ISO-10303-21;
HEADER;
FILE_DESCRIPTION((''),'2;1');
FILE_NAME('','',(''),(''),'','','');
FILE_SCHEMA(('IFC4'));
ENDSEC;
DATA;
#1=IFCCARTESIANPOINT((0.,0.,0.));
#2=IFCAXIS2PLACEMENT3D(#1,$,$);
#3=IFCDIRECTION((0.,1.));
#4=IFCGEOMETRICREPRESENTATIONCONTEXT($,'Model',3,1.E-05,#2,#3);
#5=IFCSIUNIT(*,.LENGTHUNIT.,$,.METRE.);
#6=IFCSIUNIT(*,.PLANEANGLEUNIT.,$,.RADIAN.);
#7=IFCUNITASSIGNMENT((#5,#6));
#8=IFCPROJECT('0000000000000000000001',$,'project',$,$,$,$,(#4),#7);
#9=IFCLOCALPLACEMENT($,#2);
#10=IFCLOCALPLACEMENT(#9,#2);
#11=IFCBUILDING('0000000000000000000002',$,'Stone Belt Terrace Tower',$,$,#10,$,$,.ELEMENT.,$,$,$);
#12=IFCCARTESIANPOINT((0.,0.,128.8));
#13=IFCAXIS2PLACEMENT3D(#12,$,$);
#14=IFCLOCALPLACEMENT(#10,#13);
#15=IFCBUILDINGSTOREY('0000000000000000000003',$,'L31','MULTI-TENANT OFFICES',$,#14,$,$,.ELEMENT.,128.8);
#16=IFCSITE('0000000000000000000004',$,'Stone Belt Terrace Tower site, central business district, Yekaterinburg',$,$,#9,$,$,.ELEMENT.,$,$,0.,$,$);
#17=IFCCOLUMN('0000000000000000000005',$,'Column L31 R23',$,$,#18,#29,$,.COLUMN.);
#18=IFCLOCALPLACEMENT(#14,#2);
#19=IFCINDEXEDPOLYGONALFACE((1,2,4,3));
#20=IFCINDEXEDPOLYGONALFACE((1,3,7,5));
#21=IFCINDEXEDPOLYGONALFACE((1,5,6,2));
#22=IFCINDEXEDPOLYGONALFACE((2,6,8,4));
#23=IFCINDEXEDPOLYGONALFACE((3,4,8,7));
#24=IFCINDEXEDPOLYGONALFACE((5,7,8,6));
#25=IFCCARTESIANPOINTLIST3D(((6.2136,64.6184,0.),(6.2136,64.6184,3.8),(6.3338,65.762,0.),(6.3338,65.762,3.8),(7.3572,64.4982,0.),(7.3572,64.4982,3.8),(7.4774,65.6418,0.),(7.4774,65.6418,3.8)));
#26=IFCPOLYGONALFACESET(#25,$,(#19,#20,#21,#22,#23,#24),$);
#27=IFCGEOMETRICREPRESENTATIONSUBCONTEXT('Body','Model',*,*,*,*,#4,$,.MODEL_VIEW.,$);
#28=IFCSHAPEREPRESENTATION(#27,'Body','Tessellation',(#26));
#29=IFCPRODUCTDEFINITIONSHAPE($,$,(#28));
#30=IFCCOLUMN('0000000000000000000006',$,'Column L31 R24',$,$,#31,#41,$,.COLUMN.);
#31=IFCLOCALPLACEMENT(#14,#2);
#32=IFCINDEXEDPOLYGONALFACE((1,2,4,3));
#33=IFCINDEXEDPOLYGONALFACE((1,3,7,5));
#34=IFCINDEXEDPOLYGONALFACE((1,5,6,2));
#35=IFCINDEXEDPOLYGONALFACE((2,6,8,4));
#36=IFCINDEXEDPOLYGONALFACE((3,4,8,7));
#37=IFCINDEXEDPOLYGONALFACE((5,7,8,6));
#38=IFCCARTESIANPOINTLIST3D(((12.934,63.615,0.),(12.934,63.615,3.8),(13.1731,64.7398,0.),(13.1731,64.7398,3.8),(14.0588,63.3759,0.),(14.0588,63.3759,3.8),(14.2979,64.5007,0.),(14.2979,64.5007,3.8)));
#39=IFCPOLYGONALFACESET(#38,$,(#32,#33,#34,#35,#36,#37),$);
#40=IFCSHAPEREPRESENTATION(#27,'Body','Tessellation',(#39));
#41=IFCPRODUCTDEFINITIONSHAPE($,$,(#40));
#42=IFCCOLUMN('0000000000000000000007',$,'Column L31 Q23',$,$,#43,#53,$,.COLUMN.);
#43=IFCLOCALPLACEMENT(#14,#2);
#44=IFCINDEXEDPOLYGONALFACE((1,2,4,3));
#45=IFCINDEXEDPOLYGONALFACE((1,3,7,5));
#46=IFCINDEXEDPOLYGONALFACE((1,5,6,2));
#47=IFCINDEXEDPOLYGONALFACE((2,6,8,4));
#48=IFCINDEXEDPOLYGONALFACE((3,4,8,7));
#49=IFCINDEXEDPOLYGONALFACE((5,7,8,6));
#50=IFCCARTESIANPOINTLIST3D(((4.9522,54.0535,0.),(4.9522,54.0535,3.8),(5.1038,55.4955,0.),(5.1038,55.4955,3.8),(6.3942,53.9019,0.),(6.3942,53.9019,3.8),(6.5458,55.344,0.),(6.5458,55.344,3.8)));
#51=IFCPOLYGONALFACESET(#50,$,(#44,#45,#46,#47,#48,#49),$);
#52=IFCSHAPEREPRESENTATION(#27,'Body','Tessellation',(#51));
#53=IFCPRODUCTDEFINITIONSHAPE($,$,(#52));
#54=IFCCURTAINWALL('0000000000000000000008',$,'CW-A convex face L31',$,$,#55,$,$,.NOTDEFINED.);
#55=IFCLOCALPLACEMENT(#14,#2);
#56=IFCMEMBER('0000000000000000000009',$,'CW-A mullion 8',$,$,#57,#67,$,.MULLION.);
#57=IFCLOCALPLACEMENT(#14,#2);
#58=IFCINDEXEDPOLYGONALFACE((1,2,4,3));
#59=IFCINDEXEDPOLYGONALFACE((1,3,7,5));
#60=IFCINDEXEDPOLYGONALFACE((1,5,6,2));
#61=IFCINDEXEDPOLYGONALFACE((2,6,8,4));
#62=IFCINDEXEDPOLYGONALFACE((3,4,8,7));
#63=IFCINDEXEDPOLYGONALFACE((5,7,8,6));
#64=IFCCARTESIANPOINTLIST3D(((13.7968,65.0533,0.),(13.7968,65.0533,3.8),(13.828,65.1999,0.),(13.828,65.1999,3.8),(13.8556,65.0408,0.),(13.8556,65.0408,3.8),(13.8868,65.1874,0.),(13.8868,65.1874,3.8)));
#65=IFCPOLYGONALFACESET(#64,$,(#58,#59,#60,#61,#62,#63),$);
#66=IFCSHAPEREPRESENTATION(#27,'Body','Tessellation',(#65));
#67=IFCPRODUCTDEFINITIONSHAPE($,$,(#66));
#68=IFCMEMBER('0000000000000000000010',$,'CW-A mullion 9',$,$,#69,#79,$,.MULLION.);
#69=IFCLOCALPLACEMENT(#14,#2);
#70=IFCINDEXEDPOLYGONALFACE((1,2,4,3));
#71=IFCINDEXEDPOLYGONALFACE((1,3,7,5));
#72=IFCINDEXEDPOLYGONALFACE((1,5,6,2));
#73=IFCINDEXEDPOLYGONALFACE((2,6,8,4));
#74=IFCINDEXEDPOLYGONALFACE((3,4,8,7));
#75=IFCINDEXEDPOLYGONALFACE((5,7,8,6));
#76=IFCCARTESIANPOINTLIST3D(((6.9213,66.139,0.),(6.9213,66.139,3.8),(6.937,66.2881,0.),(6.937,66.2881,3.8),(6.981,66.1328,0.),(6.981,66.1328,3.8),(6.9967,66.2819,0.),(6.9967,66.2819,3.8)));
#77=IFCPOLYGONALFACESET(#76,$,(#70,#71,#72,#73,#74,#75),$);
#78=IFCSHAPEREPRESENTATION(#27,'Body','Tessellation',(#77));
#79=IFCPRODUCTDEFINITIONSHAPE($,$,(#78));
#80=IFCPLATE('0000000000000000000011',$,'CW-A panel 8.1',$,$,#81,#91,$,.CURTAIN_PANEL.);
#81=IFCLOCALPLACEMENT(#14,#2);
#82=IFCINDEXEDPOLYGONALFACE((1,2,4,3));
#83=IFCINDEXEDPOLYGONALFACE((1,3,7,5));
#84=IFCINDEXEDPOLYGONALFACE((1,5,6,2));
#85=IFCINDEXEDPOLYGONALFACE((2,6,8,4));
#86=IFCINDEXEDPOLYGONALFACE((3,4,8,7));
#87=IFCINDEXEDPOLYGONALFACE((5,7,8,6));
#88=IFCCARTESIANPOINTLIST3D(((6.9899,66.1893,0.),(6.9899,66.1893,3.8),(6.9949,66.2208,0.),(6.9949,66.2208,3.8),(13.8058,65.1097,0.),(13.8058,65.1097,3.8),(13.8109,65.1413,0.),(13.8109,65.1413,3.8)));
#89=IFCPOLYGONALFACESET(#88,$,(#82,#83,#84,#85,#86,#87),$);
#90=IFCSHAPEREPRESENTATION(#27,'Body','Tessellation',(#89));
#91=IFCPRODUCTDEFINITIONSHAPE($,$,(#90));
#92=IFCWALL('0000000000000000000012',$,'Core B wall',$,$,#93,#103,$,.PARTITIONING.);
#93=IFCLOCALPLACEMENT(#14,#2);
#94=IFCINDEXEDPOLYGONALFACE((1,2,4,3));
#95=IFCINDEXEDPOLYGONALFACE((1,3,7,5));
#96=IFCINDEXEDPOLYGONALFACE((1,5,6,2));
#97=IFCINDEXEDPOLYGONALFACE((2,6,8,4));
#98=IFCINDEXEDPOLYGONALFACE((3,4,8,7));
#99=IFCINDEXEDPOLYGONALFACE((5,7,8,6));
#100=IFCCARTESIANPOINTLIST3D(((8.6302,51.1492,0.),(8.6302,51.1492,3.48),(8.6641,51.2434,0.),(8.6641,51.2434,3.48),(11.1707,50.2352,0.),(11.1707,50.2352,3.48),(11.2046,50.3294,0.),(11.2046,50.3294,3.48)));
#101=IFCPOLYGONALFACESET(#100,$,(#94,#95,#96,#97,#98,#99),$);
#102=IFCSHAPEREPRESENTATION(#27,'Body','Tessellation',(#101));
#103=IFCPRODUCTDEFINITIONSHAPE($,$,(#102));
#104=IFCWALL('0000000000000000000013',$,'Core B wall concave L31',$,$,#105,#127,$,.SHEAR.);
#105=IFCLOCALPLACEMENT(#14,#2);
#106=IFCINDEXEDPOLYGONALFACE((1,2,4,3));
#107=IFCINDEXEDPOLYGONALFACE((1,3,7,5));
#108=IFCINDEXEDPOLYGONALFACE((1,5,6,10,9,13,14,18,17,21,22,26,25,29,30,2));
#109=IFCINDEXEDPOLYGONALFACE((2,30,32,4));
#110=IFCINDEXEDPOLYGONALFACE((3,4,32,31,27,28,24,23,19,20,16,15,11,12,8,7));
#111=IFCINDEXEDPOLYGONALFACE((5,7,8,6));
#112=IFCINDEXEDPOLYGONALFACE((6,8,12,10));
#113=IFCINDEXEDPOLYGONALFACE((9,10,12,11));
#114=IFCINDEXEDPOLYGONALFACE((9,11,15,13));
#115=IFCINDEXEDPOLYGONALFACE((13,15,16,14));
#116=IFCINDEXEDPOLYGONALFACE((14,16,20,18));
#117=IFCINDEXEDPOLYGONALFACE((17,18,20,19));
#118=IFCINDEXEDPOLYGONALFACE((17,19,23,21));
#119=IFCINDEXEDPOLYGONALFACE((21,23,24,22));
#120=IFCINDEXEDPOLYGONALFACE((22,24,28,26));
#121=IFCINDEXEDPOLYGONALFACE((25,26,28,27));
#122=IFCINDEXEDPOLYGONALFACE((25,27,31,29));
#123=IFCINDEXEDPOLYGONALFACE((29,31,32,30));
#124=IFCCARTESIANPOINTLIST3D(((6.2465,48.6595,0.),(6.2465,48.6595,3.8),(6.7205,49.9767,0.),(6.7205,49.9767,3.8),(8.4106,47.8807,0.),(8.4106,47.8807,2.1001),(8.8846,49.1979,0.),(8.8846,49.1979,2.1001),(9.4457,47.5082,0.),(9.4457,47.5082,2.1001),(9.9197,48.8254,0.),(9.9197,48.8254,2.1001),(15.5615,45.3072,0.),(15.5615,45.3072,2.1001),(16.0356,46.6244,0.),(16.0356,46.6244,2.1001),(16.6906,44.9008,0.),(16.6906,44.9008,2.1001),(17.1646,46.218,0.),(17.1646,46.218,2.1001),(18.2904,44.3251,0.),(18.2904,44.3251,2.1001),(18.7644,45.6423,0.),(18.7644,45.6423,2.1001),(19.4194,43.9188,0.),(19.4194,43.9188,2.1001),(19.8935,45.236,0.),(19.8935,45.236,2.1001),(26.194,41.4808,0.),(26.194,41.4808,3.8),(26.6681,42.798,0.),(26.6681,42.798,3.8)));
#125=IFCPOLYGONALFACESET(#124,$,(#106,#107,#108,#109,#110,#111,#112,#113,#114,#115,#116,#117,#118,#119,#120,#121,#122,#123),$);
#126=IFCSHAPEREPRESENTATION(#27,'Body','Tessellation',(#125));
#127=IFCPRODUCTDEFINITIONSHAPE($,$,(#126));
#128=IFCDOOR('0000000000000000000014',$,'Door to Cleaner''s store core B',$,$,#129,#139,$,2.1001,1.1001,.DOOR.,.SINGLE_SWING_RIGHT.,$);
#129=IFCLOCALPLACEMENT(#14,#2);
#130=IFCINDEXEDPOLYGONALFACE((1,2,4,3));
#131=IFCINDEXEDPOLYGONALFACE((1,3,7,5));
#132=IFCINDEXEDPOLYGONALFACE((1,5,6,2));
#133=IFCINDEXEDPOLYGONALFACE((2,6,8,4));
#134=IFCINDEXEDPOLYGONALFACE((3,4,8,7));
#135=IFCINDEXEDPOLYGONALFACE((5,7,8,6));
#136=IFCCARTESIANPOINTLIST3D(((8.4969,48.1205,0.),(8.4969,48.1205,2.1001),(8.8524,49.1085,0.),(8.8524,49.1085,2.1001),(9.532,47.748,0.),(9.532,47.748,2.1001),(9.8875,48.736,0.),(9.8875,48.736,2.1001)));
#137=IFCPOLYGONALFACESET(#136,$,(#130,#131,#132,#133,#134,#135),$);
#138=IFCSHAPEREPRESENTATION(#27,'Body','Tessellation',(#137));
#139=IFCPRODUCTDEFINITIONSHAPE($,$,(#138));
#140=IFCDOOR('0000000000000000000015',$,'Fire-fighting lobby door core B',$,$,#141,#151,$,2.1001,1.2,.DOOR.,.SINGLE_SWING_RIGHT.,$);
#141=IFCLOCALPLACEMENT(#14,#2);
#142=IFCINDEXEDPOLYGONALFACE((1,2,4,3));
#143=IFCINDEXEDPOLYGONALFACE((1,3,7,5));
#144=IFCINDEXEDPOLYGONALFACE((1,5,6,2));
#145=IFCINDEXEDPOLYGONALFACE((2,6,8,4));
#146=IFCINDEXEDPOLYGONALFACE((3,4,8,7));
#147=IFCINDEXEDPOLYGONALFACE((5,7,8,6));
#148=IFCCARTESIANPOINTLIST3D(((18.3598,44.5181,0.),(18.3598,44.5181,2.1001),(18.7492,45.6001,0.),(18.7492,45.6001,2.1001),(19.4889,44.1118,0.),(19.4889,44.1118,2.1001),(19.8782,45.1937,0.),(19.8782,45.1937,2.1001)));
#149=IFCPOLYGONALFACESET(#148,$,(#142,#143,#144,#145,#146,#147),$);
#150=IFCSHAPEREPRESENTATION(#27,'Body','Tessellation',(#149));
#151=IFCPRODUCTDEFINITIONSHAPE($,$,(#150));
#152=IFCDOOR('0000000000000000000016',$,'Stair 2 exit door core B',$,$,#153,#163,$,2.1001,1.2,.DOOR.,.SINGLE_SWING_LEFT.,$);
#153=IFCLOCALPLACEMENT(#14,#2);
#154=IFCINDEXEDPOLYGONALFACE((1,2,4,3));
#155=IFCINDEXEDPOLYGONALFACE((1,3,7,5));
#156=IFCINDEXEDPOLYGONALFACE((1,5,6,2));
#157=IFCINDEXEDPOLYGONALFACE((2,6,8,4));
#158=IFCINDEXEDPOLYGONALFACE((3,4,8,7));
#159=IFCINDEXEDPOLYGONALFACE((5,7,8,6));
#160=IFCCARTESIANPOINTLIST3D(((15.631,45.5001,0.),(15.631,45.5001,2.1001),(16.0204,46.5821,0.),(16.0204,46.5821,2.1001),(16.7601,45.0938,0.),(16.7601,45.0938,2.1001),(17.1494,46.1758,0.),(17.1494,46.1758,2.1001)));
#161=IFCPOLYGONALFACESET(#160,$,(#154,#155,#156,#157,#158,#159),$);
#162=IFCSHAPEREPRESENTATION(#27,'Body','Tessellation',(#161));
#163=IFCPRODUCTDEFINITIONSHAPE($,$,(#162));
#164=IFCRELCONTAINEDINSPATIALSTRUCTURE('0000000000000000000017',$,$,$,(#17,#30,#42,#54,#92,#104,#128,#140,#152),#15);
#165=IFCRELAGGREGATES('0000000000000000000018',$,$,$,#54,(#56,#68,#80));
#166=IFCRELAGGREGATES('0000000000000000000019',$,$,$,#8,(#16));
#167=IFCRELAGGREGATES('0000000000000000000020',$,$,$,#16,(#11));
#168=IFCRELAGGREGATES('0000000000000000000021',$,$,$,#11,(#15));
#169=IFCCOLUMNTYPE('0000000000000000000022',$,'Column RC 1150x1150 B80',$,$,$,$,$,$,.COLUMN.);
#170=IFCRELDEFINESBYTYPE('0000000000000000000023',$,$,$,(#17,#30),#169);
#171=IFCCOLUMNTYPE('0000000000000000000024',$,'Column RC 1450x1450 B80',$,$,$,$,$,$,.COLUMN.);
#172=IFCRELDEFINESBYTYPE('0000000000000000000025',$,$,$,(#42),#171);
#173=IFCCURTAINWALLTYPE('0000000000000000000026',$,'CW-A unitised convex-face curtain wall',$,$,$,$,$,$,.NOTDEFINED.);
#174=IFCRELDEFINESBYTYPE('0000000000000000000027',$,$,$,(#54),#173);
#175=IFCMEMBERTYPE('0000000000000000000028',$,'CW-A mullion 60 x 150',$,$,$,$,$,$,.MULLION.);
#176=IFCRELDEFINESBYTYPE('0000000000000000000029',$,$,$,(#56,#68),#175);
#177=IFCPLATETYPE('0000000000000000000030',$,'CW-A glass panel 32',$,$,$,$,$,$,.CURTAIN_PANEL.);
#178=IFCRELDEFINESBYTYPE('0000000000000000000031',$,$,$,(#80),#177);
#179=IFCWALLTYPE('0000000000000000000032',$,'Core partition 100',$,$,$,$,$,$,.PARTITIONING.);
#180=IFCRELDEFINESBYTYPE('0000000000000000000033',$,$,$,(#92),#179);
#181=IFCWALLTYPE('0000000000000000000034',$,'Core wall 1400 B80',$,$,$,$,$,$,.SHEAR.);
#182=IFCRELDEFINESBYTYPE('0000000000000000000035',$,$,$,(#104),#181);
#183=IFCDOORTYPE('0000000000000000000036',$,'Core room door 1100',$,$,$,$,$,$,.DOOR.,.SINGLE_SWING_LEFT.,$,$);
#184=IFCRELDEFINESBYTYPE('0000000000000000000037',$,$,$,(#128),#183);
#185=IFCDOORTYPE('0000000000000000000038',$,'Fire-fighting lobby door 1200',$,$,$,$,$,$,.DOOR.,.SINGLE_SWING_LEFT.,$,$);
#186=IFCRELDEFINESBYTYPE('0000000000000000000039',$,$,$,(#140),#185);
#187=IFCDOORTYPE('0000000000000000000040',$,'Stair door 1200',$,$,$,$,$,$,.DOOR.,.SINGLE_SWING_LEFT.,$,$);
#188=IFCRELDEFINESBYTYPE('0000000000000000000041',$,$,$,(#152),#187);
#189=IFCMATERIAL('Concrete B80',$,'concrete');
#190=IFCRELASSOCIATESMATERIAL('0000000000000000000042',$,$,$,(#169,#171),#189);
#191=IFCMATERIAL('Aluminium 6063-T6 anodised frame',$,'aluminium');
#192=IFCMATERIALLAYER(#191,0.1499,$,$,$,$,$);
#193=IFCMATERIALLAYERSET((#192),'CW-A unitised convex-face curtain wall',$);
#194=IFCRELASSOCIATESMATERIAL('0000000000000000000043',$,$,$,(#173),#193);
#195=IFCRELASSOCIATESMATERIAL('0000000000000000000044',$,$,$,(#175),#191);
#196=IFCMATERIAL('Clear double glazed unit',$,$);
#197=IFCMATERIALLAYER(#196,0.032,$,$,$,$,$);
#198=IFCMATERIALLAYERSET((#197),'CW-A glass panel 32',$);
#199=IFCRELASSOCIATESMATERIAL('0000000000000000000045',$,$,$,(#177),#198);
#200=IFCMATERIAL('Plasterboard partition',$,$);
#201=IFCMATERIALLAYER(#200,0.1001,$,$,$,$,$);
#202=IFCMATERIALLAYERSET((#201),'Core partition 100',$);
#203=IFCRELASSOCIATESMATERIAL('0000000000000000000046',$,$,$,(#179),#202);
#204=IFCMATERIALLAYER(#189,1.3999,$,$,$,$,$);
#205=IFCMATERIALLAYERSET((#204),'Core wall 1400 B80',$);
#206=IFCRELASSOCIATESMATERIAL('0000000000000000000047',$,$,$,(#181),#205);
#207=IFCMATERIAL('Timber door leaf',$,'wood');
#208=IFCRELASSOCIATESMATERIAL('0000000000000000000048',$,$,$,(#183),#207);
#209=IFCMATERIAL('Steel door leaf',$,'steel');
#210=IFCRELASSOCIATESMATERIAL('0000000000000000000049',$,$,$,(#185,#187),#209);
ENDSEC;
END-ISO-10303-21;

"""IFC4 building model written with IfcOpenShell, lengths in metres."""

from ifc_helpers import new_model, si_unit, direction, frame, frame_2d, origin, origin_2d, place, context, subcontext, project, spatial, rectangle, extrude, material, layer, layer_set, material_profile, profile_set, type_object, element, fill, aggregate, save


model = new_model("IFC4")

# Units and contexts
model_context = context("Model", 3, precision=1e-05, world=origin(), true_north=direction((0.0, 1.0)))
body_context = subcontext(model_context, "Body", "Model", "MODEL_VIEW")
ifc_project = project(units=[si_unit("LENGTHUNIT", "METRE"), si_unit("PLANEANGLEUNIT", "RADIAN")], contexts=[model_context])

# Site, building, storey
site_placement = place(None, origin())
site = spatial("IfcSite", under=ifc_project, at=site_placement, Name="Stone Belt Terrace Tower site, central business district, Yekaterinburg", CompositionType="ELEMENT", RefElevation=0.0)
building_placement = place(site_placement, origin())
building = spatial("IfcBuilding", under=site, at=building_placement, Name="Stone Belt Terrace Tower", CompositionType="ELEMENT")
storey_placement = place(building_placement, frame((0.0, 0.0, 128.8)))
storey = spatial("IfcBuildingStorey", under=building, at=storey_placement, Name="L31", Description="MULTI-TENANT OFFICES", CompositionType="ELEMENT", Elevation=128.8)

# Columns
ifc_material_1 = material(Name="Concrete B80", Category="concrete")
ifc_material_profile_1 = material_profile(ifc_material_1, rectangle(XDim=1.1499, YDim=1.1499, at=origin_2d()), Name="RC 1150x1150")
ifc_profile_set_1 = profile_set([ifc_material_profile_1], Name="Concrete B80")
column_type_1 = type_object("IfcColumnType", Name="Column RC 1150x1150 B80", PredefinedType="COLUMN", material=ifc_profile_set_1)
for number, where, z_axis, x_axis, name in (
    (1, (6.8455, 65.1301, 0.0), (0.0, 0.0, 1.0), (0.994522, -0.104528, 0.0), "Column L31 R23"),
    (2, (13.616, 64.0579, 0.0), (0.0, 0.0, 1.0), (0.978148, -0.207912, 0.0), "Column L31 R24"),
):
    element("IfcColumn", number, at=place(storey_placement, frame(where, z_axis=z_axis, x_axis=x_axis)), inside=storey, type_object=column_type_1, Name=name, PredefinedType="COLUMN", context=body_context, shape_type="SweptSolid", body=[
        extrude(rectangle(XDim=1.1499, YDim=1.1499, at=origin_2d()), origin(), (0.0, 0.0, 1.0), 3.8),
    ])
ifc_material_profile_2 = material_profile(ifc_material_1, rectangle(XDim=1.45, YDim=1.45, at=origin_2d()), Name="RC 1450x1450")
ifc_profile_set_2 = profile_set([ifc_material_profile_2], Name="Concrete B80")
column_type_2 = type_object("IfcColumnType", Name="Column RC 1450x1450 B80", PredefinedType="COLUMN", material=ifc_profile_set_2)
column_placement = place(storey_placement, frame((5.749, 54.6987, 0.0), z_axis=(0.0, 0.0, 1.0), x_axis=(0.994522, -0.104528, 0.0)))
element("IfcColumn", 3, at=column_placement, inside=storey, type_object=column_type_2, Name="Column L31 Q23", PredefinedType="COLUMN", context=body_context, shape_type="SweptSolid", body=[
    extrude(rectangle(XDim=1.45, YDim=1.45, at=origin_2d()), origin(), (0.0, 0.0, 1.0), 3.8),
])

# Curtain wall, members, plate
ifc_material_2 = material(Name="Aluminium 6063-T6 anodised frame", Category="aluminium")
ifc_layer_1 = layer(ifc_material_2, 0.1499)
ifc_layer_set_1 = layer_set([ifc_layer_1], Name="CW-A unitised convex-face curtain wall")
curtain_wall_type = type_object("IfcCurtainWallType", Name="CW-A unitised convex-face curtain wall", PredefinedType="NOTDEFINED", material=ifc_layer_set_1)
curtain_wall_placement = place(storey_placement, origin())
curtain_wall = element("IfcCurtainWall", 4, at=curtain_wall_placement, inside=storey, type_object=curtain_wall_type, Name="CW-A convex face L31", PredefinedType="NOTDEFINED")
ifc_material_profile_3 = material_profile(ifc_material_2, rectangle(XDim=0.1499, YDim=0.0601, at=origin_2d()), Name="Aluminium 6063-T6 60x150")
ifc_profile_set_3 = profile_set([ifc_material_profile_3], Name="Aluminium 6063-T6 anodised frame")
member_type = type_object("IfcMemberType", Name="CW-A mullion 60 x 150", PredefinedType="MULLION", material=ifc_profile_set_3)
member_1_placement = place(storey_placement, frame((13.8418, 65.1204, 0.0), z_axis=(0.0, 0.0, 1.0), x_axis=(-0.207912, -0.978148, 0.0)))
member_1 = element("IfcMember", 5, at=member_1_placement, type_object=member_type, Name="CW-A mullion 8", PredefinedType="MULLION", context=body_context, shape_type="SweptSolid", body=[
    extrude(rectangle(XDim=0.1499, YDim=0.0601, at=origin_2d()), origin(), (0.0, 0.0, 1.0), 3.8),
])
member_2_placement = place(storey_placement, frame((6.959, 66.2104, 0.0), z_axis=(0.0, 0.0, 1.0), x_axis=(-0.104528, -0.994522, 0.0)))
member_2 = element("IfcMember", 6, at=member_2_placement, type_object=member_type, Name="CW-A mullion 9", PredefinedType="MULLION", context=body_context, shape_type="SweptSolid", body=[
    extrude(rectangle(XDim=0.1499, YDim=0.0601, at=origin_2d()), origin(), (0.0, 0.0, 1.0), 3.8),
])
ifc_material_3 = material(Name="Clear double glazed unit")
ifc_layer_2 = layer(ifc_material_3, 0.032)
ifc_layer_set_2 = layer_set([ifc_layer_2], Name="CW-A glass panel 32")
plate_type = type_object("IfcPlateType", Name="CW-A glass panel 32", PredefinedType="CURTAIN_PANEL", material=ifc_layer_set_2)
plate_placement = place(storey_placement, frame((10.4004, 65.6653, 0.0), z_axis=(0.0, 0.0, 1.0), x_axis=(-0.987688, 0.156434, 0.0)))
plate = element("IfcPlate", 7, at=plate_placement, type_object=plate_type, Name="CW-A panel 8.1", PredefinedType="CURTAIN_PANEL", context=body_context, shape_type="SweptSolid", body=[
    extrude(rectangle(XDim=6.9009, YDim=0.032, at=origin_2d()), origin(), (0.0, 0.0, 1.0), 3.8),
])
aggregate(curtain_wall, [member_1, member_2, plate])

# Wall
ifc_material_4 = material(Name="Plasterboard partition")
ifc_layer_3 = layer(ifc_material_4, 0.1001)
ifc_layer_set_3 = layer_set([ifc_layer_3], Name="Core partition 100")
wall_type_1 = type_object("IfcWallType", Name="Core partition 100", PredefinedType="PARTITIONING", material=ifc_layer_set_3)
wall_1_placement = place(storey_placement, frame((11.1877, 50.2822, 0.0), z_axis=(0.0, 0.0, 1.0), x_axis=(-0.94095, 0.338547, 0.0)))
element("IfcWall", 8, at=wall_1_placement, inside=storey, type_object=wall_type_1, Name="Core B wall", PredefinedType="PARTITIONING", context=body_context, shape_type="SweptSolid", body=[
    extrude(rectangle(XDim=2.7, YDim=0.1001, at=frame_2d((1.3501, 0.0))), origin(), (0.0, 0.0, 1.0), 3.48),
])

# Wall, openings, doors
ifc_layer_4 = layer(ifc_material_1, 1.3999)
ifc_layer_set_4 = layer_set([ifc_layer_4], Name="Core wall 1400 B80")
wall_type_2 = type_object("IfcWallType", Name="Core wall 1400 B80", PredefinedType="SHEAR", material=ifc_layer_set_4)
wall_2_placement = place(storey_placement, frame((6.4834, 49.3181, 0.0), z_axis=(0.0, 0.0, 1.0), x_axis=(0.940923, -0.33862, 0.0)))
wall_2 = element("IfcWall", 9, at=wall_2_placement, inside=storey, type_object=wall_type_2, Name="Core B wall concave L31", PredefinedType="SHEAR", context=body_context, shape_type="SweptSolid", body=[
    extrude(rectangle(XDim=21.2, YDim=1.3999, at=frame_2d((10.6001, 0.0))), origin(), (0.0, 0.0, 1.0), 3.8),
])
opening_1_placement = place(wall_2_placement, frame((12.8, 0.0, 0.0)))
opening_1 = element("IfcOpeningElement", 10, at=opening_1_placement, cuts=wall_2, PredefinedType="OPENING", context=body_context, shape_type="SweptSolid", body=[
    extrude(rectangle(XDim=1.2, YDim=2.1001, at=frame_2d((0.6001, 1.05))), frame((0.0, 0.71, 0.0), z_axis=(0.0, -1.0, 0.0), x_axis=(1.0, 0.0, 0.0)), (0.0, 0.0, 1.0), 1.4199),
])
opening_2_placement = place(wall_2_placement, frame((9.8999, 0.0, 0.0)))
opening_2 = element("IfcOpeningElement", 11, at=opening_2_placement, cuts=wall_2, PredefinedType="OPENING", context=body_context, shape_type="SweptSolid", body=[
    extrude(rectangle(XDim=1.2, YDim=2.1001, at=frame_2d((0.6001, 1.05))), frame((0.0, 0.71, 0.0), z_axis=(0.0, -1.0, 0.0), x_axis=(1.0, 0.0, 0.0)), (0.0, 0.0, 1.0), 1.4199),
])
opening_3_placement = place(wall_2_placement, frame((2.3, 0.0, 0.0)))
opening_3 = element("IfcOpeningElement", 12, at=opening_3_placement, cuts=wall_2, PredefinedType="OPENING", context=body_context, shape_type="SweptSolid", body=[
    extrude(rectangle(XDim=1.1001, YDim=2.1001, at=frame_2d((0.55, 1.05))), frame((0.0, 0.71, 0.0), z_axis=(0.0, -1.0, 0.0), x_axis=(1.0, 0.0, 0.0)), (0.0, 0.0, 1.0), 1.4199),
])
ifc_material_5 = material(Name="Timber door leaf", Category="wood")
door_type_1 = type_object("IfcDoorType", Name="Core room door 1100", OperationType="SINGLE_SWING_LEFT", PredefinedType="DOOR", material=ifc_material_5)
door_1_placement = place(opening_3_placement, origin())
door_1 = element("IfcDoor", 13, at=door_1_placement, inside=storey, type_object=door_type_1, Name="Door to Cleaner's store core B", OperationType="SINGLE_SWING_RIGHT", OverallHeight=2.1001, OverallWidth=1.1001, PredefinedType="DOOR", context=body_context, shape_type="SweptSolid", body=[
    extrude(rectangle(XDim=1.1001, YDim=2.1001, at=frame_2d((0.55, 1.05))), frame((0.0, 0.605, 0.0), z_axis=(0.0, -1.0, 0.0), x_axis=(1.0, 0.0, 0.0)), (0.0, 0.0, 1.0), 1.05),
])
fill(opening_3, door_1)
ifc_material_6 = material(Name="Steel door leaf", Category="steel")
door_type_2 = type_object("IfcDoorType", Name="Fire-fighting lobby door 1200", OperationType="SINGLE_SWING_LEFT", PredefinedType="DOOR", material=ifc_material_6)
door_2_placement = place(opening_1_placement, origin())
door_2 = element("IfcDoor", 14, at=door_2_placement, inside=storey, type_object=door_type_2, Name="Fire-fighting lobby door core B", OperationType="SINGLE_SWING_RIGHT", OverallHeight=2.1001, OverallWidth=1.2, PredefinedType="DOOR", context=body_context, shape_type="SweptSolid", body=[
    extrude(rectangle(XDim=1.2, YDim=2.1001, at=frame_2d((0.6001, 1.05))), frame((0.0, 0.655, 0.0), z_axis=(0.0, -1.0, 0.0), x_axis=(1.0, 0.0, 0.0)), (0.0, 0.0, 1.0), 1.1499),
])
fill(opening_1, door_2)
door_type_3 = type_object("IfcDoorType", Name="Stair door 1200", OperationType="SINGLE_SWING_LEFT", PredefinedType="DOOR", material=ifc_material_6)
door_3_placement = place(opening_2_placement, origin())
door_3 = element("IfcDoor", 15, at=door_3_placement, inside=storey, type_object=door_type_3, Name="Stair 2 exit door core B", OperationType="SINGLE_SWING_LEFT", OverallHeight=2.1001, OverallWidth=1.2, PredefinedType="DOOR", context=body_context, shape_type="SweptSolid", body=[
    extrude(rectangle(XDim=1.2, YDim=2.1001, at=frame_2d((0.6001, 1.05))), frame((0.0, 0.655, 0.0), z_axis=(0.0, -1.0, 0.0), x_axis=(1.0, 0.0, 0.0)), (0.0, 0.0, 1.0), 1.1499),
])
fill(opening_2, door_3)

save(model, "model.ifc")
